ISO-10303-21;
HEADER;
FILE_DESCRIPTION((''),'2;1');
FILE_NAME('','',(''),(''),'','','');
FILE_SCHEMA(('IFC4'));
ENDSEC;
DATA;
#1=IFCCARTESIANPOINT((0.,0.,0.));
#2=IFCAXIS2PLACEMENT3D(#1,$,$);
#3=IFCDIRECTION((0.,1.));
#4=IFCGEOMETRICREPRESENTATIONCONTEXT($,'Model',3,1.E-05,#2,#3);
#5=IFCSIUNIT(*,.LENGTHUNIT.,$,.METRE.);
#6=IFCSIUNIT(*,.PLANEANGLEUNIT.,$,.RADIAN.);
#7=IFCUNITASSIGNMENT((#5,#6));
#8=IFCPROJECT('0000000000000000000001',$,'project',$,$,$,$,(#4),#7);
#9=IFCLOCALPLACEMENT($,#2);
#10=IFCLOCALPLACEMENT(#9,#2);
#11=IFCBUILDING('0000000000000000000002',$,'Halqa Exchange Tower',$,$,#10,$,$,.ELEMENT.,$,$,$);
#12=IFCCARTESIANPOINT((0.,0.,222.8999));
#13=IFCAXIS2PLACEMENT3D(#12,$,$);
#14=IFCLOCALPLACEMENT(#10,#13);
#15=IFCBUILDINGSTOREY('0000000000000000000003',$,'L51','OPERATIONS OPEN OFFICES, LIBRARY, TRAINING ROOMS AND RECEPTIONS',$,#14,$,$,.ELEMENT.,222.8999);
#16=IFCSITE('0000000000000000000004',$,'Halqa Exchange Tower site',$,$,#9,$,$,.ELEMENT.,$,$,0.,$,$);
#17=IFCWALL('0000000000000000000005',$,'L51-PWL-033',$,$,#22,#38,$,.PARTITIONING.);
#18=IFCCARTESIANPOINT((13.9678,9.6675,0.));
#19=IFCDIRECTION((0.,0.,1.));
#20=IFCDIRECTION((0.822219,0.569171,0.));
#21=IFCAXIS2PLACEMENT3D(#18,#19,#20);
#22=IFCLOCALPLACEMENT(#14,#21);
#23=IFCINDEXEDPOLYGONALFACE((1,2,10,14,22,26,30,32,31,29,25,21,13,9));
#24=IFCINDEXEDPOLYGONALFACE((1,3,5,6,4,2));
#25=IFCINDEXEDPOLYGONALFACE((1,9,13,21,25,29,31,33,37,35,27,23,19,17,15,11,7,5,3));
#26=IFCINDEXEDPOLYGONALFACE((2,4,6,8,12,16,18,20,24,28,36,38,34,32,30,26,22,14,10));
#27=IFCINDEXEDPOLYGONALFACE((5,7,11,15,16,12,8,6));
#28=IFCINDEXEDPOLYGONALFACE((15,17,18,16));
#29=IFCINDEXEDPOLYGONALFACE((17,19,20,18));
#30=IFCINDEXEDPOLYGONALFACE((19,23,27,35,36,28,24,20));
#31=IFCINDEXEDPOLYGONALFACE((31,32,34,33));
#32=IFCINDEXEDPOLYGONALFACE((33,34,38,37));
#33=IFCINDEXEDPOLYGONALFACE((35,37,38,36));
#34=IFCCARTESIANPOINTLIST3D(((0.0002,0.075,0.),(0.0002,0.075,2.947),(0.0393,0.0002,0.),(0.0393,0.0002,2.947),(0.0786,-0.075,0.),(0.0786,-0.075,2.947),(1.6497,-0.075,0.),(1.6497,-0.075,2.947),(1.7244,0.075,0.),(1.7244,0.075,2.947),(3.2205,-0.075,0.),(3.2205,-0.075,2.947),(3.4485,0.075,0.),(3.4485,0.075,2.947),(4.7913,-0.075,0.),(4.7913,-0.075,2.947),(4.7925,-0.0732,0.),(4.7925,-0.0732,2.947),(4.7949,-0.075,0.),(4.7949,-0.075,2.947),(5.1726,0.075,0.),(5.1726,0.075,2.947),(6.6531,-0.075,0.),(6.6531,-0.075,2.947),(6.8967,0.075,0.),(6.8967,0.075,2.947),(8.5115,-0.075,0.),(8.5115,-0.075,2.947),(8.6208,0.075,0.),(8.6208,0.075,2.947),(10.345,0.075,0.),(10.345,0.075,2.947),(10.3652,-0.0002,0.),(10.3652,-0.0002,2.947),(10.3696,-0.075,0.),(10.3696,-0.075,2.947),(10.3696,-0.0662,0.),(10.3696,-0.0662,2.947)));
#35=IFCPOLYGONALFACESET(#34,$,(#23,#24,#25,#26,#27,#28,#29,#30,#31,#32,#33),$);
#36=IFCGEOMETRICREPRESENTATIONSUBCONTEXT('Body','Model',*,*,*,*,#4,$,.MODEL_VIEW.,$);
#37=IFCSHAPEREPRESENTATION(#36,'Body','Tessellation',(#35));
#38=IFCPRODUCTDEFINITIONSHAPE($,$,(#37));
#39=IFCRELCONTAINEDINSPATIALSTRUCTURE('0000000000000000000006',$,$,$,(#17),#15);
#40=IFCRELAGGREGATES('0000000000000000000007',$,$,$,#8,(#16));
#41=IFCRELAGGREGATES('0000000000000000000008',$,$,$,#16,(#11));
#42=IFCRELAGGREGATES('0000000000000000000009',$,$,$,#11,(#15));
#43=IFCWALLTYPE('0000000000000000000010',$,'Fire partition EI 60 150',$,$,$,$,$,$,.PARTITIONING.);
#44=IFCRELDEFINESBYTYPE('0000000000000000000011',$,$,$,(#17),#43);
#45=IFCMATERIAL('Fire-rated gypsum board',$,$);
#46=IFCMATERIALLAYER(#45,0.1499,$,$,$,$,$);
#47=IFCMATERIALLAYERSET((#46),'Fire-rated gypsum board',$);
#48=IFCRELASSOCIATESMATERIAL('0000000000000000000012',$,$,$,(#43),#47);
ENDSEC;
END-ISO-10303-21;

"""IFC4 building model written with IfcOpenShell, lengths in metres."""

from ifc_helpers import new_model, si_unit, direction, frame, origin, place, context, subcontext, project, spatial, polyline, outline, extrude, material, layer, layer_set, type_object, element, save


model = new_model("IFC4")

# Units and contexts
model_context = context("Model", 3, precision=1e-05, world=origin(), true_north=direction((0.0, 1.0)))
body_context = subcontext(model_context, "Body", "Model", "MODEL_VIEW")
ifc_project = project(units=[si_unit("LENGTHUNIT", "METRE"), si_unit("PLANEANGLEUNIT", "RADIAN")], contexts=[model_context])

# Site, building, storey
site_placement = place(None, origin())
site = spatial("IfcSite", under=ifc_project, at=site_placement, Name="Halqa Exchange Tower site", CompositionType="ELEMENT", RefElevation=0.0)
building_placement = place(site_placement, origin())
building = spatial("IfcBuilding", under=site, at=building_placement, Name="Halqa Exchange Tower", CompositionType="ELEMENT")
storey_placement = place(building_placement, frame((0.0, 0.0, 222.8999)))
storey = spatial("IfcBuildingStorey", under=building, at=storey_placement, Name="L51", Description="OPERATIONS OPEN OFFICES, LIBRARY, TRAINING ROOMS AND RECEPTIONS", CompositionType="ELEMENT", Elevation=222.8999)

# Wall
ifc_material_1 = material(Name="Fire-rated gypsum board")
ifc_layer_1 = layer(ifc_material_1, 0.1499)
ifc_layer_set_1 = layer_set([ifc_layer_1], Name="Fire-rated gypsum board")
wall_type_1 = type_object("IfcWallType", Name="Fire partition EI 60 150", PredefinedType="PARTITIONING", material=ifc_layer_set_1)
wall_1_placement = place(storey_placement, frame((13.9678, 9.6675, 0.0), z_axis=(0.0, 0.0, 1.0), x_axis=(0.822219, 0.569171, 0.0)))
element("IfcWall", 1, at=wall_1_placement, inside=storey, type_object=wall_type_1, Name="L51-PWL-033", PredefinedType="PARTITIONING", context=body_context, shape_type="SweptSolid", body=[
    extrude(outline(polyline([(0.0786, -0.075), (1.6497, -0.075), (3.2205, -0.075), (4.7913, -0.075), (4.7925, -0.0732), (4.7949, -0.075), (6.6531, -0.075), (8.5115, -0.075), (10.3696, -0.075), (10.3696, -0.0662), (10.3652, -0.0002), (10.345, 0.075), (8.6208, 0.075), (6.8967, 0.075), (5.1726, 0.075), (3.4485, 0.075), (1.7244, 0.075), (0.0002, 0.075), (0.0393, 0.0002), (0.0786, -0.075)])), origin(), (0.0, 0.0, 1.0), 2.947),
])

save(model, "model.ifc")
